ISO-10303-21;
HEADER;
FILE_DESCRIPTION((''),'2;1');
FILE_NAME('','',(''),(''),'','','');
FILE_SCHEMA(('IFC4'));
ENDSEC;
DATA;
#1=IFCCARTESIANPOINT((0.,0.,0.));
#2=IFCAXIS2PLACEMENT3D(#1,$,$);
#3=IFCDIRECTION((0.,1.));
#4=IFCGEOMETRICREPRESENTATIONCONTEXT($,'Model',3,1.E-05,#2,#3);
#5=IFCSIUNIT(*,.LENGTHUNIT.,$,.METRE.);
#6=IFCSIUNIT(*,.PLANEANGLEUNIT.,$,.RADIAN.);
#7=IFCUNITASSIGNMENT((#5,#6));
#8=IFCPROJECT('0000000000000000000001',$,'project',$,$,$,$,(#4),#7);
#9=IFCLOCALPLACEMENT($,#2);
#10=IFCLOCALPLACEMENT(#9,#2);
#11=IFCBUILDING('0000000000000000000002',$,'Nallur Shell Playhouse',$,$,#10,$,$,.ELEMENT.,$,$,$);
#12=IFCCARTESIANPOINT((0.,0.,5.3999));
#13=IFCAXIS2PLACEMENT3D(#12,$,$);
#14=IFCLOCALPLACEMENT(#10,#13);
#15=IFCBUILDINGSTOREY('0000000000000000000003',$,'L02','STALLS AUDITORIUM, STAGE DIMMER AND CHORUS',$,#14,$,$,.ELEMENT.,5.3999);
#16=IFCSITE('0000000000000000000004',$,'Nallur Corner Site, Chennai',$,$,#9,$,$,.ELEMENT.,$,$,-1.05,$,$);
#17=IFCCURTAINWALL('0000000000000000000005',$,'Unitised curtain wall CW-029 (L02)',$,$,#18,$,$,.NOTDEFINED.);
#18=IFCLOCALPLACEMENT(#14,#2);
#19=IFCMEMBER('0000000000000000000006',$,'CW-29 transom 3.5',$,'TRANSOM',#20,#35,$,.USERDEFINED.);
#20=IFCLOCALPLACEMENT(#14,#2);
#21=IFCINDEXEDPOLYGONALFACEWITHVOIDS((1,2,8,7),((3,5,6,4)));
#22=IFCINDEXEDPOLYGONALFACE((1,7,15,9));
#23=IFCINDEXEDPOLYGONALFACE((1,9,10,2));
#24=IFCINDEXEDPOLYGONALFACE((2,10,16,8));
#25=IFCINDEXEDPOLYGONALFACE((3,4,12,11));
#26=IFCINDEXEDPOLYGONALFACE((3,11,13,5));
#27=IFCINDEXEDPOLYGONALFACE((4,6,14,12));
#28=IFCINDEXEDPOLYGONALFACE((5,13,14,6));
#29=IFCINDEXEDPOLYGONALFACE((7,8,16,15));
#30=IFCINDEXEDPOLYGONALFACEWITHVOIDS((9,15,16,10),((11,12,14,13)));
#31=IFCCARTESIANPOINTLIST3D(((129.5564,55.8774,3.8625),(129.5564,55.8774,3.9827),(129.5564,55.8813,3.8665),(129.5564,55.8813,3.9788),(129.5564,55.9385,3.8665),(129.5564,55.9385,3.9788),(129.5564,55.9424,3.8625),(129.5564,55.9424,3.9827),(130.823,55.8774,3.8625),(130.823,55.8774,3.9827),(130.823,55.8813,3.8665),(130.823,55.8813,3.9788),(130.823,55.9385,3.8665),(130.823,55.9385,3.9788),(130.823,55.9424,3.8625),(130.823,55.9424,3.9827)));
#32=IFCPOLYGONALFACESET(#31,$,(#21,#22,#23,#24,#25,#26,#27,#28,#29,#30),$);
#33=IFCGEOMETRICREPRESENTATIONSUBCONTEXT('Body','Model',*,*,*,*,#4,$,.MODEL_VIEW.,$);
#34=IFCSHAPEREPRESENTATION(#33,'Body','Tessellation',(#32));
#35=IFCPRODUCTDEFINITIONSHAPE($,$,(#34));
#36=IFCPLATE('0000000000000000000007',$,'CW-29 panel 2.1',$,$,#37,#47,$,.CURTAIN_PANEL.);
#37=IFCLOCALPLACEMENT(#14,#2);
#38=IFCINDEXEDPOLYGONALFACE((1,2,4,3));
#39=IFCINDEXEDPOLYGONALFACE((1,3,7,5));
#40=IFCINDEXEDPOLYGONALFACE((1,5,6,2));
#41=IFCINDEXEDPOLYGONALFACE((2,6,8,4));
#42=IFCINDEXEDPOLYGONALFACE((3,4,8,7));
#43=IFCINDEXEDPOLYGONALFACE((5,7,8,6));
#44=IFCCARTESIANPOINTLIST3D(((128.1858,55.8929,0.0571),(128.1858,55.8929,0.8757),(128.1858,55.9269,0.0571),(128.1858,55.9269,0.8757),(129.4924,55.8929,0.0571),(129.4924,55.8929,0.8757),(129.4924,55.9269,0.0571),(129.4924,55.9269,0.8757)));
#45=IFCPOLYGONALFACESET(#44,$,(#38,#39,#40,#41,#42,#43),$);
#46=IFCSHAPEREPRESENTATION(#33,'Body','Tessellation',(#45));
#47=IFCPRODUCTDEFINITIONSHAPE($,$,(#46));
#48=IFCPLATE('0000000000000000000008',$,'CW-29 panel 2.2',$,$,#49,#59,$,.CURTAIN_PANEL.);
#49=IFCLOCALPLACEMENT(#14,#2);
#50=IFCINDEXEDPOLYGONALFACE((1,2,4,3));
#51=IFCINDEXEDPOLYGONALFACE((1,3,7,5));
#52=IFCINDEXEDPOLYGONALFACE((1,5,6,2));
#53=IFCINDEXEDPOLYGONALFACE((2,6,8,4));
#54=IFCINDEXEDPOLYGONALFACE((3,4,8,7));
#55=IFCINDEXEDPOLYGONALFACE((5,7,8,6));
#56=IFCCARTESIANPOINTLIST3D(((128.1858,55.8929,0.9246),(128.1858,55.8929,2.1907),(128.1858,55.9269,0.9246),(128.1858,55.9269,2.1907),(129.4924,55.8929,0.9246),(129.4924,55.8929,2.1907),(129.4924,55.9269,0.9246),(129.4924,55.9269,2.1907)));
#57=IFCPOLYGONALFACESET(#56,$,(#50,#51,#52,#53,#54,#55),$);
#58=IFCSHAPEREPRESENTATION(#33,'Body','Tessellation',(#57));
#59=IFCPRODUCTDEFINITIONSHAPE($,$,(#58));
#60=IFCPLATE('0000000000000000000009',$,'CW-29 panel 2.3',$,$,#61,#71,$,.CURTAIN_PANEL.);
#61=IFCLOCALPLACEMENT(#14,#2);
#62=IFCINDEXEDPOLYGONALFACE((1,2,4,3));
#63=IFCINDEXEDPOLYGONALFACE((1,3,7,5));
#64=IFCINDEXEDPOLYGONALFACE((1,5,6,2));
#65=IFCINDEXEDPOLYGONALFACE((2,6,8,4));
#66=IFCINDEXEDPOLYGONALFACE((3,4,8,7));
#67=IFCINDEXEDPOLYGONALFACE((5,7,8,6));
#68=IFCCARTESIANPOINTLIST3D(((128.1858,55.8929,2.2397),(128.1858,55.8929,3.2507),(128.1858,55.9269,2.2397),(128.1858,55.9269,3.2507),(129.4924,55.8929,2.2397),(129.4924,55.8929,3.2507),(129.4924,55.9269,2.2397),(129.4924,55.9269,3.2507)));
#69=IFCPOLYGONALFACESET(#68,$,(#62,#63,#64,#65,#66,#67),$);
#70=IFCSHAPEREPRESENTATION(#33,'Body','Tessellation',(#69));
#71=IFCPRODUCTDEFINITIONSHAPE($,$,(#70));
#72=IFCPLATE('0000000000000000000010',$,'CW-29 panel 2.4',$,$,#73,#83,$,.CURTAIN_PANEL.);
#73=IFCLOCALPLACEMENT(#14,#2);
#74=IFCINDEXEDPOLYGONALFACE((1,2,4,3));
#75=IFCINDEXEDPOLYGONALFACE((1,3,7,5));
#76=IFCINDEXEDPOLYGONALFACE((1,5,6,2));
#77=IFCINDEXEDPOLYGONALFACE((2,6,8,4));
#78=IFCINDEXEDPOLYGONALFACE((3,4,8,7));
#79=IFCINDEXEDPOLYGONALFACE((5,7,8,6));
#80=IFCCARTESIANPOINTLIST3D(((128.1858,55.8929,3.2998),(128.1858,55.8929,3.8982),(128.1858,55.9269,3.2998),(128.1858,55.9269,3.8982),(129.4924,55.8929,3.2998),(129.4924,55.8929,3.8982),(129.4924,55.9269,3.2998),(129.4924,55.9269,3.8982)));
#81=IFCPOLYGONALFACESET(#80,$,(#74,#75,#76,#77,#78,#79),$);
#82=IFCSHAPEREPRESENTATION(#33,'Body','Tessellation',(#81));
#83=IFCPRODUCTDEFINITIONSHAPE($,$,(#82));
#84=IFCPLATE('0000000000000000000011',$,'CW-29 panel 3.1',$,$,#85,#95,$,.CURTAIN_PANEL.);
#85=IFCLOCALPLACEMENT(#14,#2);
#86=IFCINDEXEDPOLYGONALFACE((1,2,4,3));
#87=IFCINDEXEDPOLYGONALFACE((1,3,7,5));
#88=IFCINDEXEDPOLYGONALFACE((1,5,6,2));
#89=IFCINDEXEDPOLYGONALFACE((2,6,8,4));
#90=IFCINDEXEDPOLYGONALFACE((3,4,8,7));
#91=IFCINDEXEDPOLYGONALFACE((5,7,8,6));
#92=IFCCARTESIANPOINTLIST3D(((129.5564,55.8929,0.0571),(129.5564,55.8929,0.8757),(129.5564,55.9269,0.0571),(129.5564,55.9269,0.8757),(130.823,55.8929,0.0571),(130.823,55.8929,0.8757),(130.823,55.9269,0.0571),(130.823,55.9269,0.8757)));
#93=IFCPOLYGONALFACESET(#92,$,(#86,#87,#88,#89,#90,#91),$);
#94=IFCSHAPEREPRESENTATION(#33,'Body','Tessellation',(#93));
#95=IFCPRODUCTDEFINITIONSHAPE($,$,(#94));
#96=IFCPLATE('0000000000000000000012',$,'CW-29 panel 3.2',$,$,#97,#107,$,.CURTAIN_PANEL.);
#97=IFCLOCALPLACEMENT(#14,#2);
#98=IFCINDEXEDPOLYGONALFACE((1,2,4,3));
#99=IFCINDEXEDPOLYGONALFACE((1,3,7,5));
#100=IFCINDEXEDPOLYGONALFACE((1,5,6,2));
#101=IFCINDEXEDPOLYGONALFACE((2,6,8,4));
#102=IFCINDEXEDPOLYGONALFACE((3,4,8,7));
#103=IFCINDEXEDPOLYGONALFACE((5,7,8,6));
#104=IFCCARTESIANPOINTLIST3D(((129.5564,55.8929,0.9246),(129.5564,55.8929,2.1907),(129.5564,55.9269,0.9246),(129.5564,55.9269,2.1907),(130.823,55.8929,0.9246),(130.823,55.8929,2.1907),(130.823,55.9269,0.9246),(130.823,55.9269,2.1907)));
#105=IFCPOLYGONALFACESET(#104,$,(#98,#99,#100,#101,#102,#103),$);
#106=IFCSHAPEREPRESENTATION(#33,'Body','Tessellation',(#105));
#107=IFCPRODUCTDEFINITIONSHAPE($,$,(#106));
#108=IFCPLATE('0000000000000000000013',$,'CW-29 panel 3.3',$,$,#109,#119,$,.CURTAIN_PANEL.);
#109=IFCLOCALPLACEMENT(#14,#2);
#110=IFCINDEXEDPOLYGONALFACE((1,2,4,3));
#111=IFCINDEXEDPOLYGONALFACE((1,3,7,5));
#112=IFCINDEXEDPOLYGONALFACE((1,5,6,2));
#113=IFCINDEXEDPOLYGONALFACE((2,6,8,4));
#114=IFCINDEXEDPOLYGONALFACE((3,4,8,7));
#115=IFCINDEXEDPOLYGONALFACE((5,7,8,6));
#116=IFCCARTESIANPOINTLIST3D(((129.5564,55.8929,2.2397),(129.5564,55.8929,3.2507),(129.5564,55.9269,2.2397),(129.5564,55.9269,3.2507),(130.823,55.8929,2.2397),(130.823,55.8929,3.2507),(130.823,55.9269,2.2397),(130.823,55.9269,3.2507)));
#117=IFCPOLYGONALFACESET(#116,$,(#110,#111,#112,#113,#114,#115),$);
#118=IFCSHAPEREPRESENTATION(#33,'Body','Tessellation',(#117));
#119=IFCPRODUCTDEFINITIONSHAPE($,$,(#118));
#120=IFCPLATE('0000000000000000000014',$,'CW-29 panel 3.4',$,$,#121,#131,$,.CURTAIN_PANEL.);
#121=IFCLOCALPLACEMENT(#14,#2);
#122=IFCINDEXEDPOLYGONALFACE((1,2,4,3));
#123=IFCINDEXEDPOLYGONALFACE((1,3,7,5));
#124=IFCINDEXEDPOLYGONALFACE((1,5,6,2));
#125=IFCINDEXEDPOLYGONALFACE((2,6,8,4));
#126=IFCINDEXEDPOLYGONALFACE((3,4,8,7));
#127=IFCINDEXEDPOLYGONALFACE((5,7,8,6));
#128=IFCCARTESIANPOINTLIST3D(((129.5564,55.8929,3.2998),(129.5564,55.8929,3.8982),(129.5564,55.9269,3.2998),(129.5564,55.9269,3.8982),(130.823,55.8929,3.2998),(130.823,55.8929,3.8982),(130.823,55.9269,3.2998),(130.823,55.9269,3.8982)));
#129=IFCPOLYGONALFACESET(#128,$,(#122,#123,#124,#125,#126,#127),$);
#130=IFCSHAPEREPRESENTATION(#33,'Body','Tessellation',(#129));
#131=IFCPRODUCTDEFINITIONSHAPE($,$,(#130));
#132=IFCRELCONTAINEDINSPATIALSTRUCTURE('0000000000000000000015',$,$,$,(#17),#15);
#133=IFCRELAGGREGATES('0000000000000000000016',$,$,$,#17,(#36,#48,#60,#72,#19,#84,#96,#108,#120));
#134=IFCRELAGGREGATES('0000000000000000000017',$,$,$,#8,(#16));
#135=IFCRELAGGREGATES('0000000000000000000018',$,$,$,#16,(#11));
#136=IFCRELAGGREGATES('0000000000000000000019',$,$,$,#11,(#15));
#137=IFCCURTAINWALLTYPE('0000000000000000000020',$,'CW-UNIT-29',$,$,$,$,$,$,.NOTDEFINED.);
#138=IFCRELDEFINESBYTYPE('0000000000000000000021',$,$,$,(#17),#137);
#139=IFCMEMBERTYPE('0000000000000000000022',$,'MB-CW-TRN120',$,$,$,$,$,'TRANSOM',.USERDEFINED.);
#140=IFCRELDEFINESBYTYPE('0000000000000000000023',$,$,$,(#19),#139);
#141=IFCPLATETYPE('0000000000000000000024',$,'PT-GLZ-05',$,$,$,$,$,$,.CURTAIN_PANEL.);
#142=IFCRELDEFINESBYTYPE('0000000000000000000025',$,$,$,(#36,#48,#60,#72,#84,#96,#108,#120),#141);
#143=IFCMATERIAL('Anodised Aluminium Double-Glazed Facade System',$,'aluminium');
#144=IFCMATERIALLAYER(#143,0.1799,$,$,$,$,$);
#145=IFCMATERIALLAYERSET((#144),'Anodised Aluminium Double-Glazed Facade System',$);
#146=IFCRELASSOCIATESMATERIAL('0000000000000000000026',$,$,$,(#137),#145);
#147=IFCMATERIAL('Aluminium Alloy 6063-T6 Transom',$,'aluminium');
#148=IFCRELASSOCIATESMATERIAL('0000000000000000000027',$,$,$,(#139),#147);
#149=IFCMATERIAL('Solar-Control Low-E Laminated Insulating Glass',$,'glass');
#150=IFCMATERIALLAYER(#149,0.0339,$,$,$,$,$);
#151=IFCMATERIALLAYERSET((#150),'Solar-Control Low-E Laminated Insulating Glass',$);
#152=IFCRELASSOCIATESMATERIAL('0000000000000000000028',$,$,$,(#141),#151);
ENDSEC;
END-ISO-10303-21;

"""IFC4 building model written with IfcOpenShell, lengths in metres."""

from ifc_helpers import new_model, si_unit, direction, frame, origin, origin_2d, place, context, subcontext, project, spatial, rectangle, hollow_rectangle, extrude, material, layer, layer_set, material_profile, profile_set, type_object, element, aggregate, save


model = new_model("IFC4")

# Units and contexts
model_context = context("Model", 3, precision=1e-05, world=origin(), true_north=direction((0.0, 1.0)))
body_context = subcontext(model_context, "Body", "Model", "MODEL_VIEW")
ifc_project = project(units=[si_unit("LENGTHUNIT", "METRE"), si_unit("PLANEANGLEUNIT", "RADIAN")], contexts=[model_context])

# Site, building, storey
site_placement = place(None, origin())
site = spatial("IfcSite", under=ifc_project, at=site_placement, Name="Nallur Corner Site, Chennai", CompositionType="ELEMENT", RefElevation=-1.05)
building_placement = place(site_placement, origin())
building = spatial("IfcBuilding", under=site, at=building_placement, Name="Nallur Shell Playhouse", CompositionType="ELEMENT")
storey_placement = place(building_placement, frame((0.0, 0.0, 5.3999)))
storey = spatial("IfcBuildingStorey", under=building, at=storey_placement, Name="L02", Description="STALLS AUDITORIUM, STAGE DIMMER AND CHORUS", CompositionType="ELEMENT", Elevation=5.3999)

# Curtain wall, member, plates
ifc_material_1 = material(Name="Anodised Aluminium Double-Glazed Facade System", Category="aluminium")
ifc_layer_1 = layer(ifc_material_1, 0.1799)
ifc_layer_set_1 = layer_set([ifc_layer_1], Name="Anodised Aluminium Double-Glazed Facade System")
curtain_wall_type = type_object("IfcCurtainWallType", Name="CW-UNIT-29", PredefinedType="NOTDEFINED", material=ifc_layer_set_1)
curtain_wall_placement = place(storey_placement, origin())
curtain_wall = element("IfcCurtainWall", 1, at=curtain_wall_placement, inside=storey, type_object=curtain_wall_type, Name="Unitised curtain wall CW-029 (L02)", PredefinedType="NOTDEFINED")
ifc_material_2 = material(Name="Aluminium Alloy 6063-T6 Transom", Category="aluminium")
ifc_material_profile_1 = material_profile(ifc_material_2, hollow_rectangle(XDim=0.0649, YDim=0.1201, WallThickness=0.0039, at=origin_2d()), Name="ALU 65x120x4")
ifc_profile_set_1 = profile_set([ifc_material_profile_1], Name="Aluminium Alloy 6063-T6 Transom")
member_type_1 = type_object("IfcMemberType", Name="MB-CW-TRN120", ElementType="TRANSOM", PredefinedType="USERDEFINED", material=ifc_profile_set_1)
member_1_placement = place(storey_placement, frame((129.5564, 55.9099, 3.9226), z_axis=(1.0, 0.0, 0.0), x_axis=(0.0, 1.0, 0.0)))
member_1 = element("IfcMember", 2, at=member_1_placement, type_object=member_type_1, Name="CW-29 transom 3.5", ObjectType="TRANSOM", PredefinedType="USERDEFINED", context=body_context, shape_type="SweptSolid", body=[
    extrude(hollow_rectangle(XDim=0.0649, YDim=0.1201, WallThickness=0.0039, at=origin_2d()), origin(), (0.0, 0.0, 1.0), 1.2666),
])
ifc_material_3 = material(Name="Solar-Control Low-E Laminated Insulating Glass", Category="glass")
ifc_layer_2 = layer(ifc_material_3, 0.0339)
ifc_layer_set_2 = layer_set([ifc_layer_2], Name="Solar-Control Low-E Laminated Insulating Glass")
plate_type = type_object("IfcPlateType", Name="PT-GLZ-05", PredefinedType="CURTAIN_PANEL", material=ifc_layer_set_2)
plate_1_placement = place(storey_placement, frame((128.8391, 55.9099, 0.0571), z_axis=(0.0, 0.0, 1.0), x_axis=(1.0, 0.0, 0.0)))
plate_1 = element("IfcPlate", 3, at=plate_1_placement, type_object=plate_type, Name="CW-29 panel 2.1", PredefinedType="CURTAIN_PANEL", context=body_context, shape_type="SweptSolid", body=[
    extrude(rectangle(XDim=1.3066, YDim=0.0339, at=origin_2d()), origin(), (0.0, 0.0, 1.0), 0.8186),
])
plate_2_placement = place(storey_placement, frame((128.8391, 55.9099, 0.9246), z_axis=(0.0, 0.0, 1.0), x_axis=(1.0, 0.0, 0.0)))
plate_2 = element("IfcPlate", 4, at=plate_2_placement, type_object=plate_type, Name="CW-29 panel 2.2", PredefinedType="CURTAIN_PANEL", context=body_context, shape_type="SweptSolid", body=[
    extrude(rectangle(XDim=1.3066, YDim=0.0339, at=origin_2d()), origin(), (0.0, 0.0, 1.0), 1.2661),
])
plate_3_placement = place(storey_placement, frame((128.8391, 55.9099, 2.2397), z_axis=(0.0, 0.0, 1.0), x_axis=(1.0, 0.0, 0.0)))
plate_3 = element("IfcPlate", 5, at=plate_3_placement, type_object=plate_type, Name="CW-29 panel 2.3", PredefinedType="CURTAIN_PANEL", context=body_context, shape_type="SweptSolid", body=[
    extrude(rectangle(XDim=1.3066, YDim=0.0339, at=origin_2d()), origin(), (0.0, 0.0, 1.0), 1.011),
])
plate_4_placement = place(storey_placement, frame((128.8391, 55.9099, 3.2998), z_axis=(0.0, 0.0, 1.0), x_axis=(1.0, 0.0, 0.0)))
plate_4 = element("IfcPlate", 6, at=plate_4_placement, type_object=plate_type, Name="CW-29 panel 2.4", PredefinedType="CURTAIN_PANEL", context=body_context, shape_type="SweptSolid", body=[
    extrude(rectangle(XDim=1.3066, YDim=0.0339, at=origin_2d()), origin(), (0.0, 0.0, 1.0), 0.5984),
])
plate_5_placement = place(storey_placement, frame((130.1897, 55.9099, 0.0571), z_axis=(0.0, 0.0, 1.0), x_axis=(1.0, 0.0, 0.0)))
plate_5 = element("IfcPlate", 7, at=plate_5_placement, type_object=plate_type, Name="CW-29 panel 3.1", PredefinedType="CURTAIN_PANEL", context=body_context, shape_type="SweptSolid", body=[
    extrude(rectangle(XDim=1.2666, YDim=0.0339, at=origin_2d()), origin(), (0.0, 0.0, 1.0), 0.8186),
])
plate_6_placement = place(storey_placement, frame((130.1897, 55.9099, 0.9246), z_axis=(0.0, 0.0, 1.0), x_axis=(1.0, 0.0, 0.0)))
plate_6 = element("IfcPlate", 8, at=plate_6_placement, type_object=plate_type, Name="CW-29 panel 3.2", PredefinedType="CURTAIN_PANEL", context=body_context, shape_type="SweptSolid", body=[
    extrude(rectangle(XDim=1.2666, YDim=0.0339, at=origin_2d()), origin(), (0.0, 0.0, 1.0), 1.2661),
])
plate_7_placement = place(storey_placement, frame((130.1897, 55.9099, 2.2397), z_axis=(0.0, 0.0, 1.0), x_axis=(1.0, 0.0, 0.0)))
plate_7 = element("IfcPlate", 9, at=plate_7_placement, type_object=plate_type, Name="CW-29 panel 3.3", PredefinedType="CURTAIN_PANEL", context=body_context, shape_type="SweptSolid", body=[
    extrude(rectangle(XDim=1.2666, YDim=0.0339, at=origin_2d()), origin(), (0.0, 0.0, 1.0), 1.011),
])
plate_8_placement = place(storey_placement, frame((130.1897, 55.9099, 3.2998), z_axis=(0.0, 0.0, 1.0), x_axis=(1.0, 0.0, 0.0)))
plate_8 = element("IfcPlate", 10, at=plate_8_placement, type_object=plate_type, Name="CW-29 panel 3.4", PredefinedType="CURTAIN_PANEL", context=body_context, shape_type="SweptSolid", body=[
    extrude(rectangle(XDim=1.2666, YDim=0.0339, at=origin_2d()), origin(), (0.0, 0.0, 1.0), 0.5984),
])
aggregate(curtain_wall, [plate_1, plate_2, plate_3, plate_4, member_1, plate_5, plate_6, plate_7, plate_8])

save(model, "model.ifc")
